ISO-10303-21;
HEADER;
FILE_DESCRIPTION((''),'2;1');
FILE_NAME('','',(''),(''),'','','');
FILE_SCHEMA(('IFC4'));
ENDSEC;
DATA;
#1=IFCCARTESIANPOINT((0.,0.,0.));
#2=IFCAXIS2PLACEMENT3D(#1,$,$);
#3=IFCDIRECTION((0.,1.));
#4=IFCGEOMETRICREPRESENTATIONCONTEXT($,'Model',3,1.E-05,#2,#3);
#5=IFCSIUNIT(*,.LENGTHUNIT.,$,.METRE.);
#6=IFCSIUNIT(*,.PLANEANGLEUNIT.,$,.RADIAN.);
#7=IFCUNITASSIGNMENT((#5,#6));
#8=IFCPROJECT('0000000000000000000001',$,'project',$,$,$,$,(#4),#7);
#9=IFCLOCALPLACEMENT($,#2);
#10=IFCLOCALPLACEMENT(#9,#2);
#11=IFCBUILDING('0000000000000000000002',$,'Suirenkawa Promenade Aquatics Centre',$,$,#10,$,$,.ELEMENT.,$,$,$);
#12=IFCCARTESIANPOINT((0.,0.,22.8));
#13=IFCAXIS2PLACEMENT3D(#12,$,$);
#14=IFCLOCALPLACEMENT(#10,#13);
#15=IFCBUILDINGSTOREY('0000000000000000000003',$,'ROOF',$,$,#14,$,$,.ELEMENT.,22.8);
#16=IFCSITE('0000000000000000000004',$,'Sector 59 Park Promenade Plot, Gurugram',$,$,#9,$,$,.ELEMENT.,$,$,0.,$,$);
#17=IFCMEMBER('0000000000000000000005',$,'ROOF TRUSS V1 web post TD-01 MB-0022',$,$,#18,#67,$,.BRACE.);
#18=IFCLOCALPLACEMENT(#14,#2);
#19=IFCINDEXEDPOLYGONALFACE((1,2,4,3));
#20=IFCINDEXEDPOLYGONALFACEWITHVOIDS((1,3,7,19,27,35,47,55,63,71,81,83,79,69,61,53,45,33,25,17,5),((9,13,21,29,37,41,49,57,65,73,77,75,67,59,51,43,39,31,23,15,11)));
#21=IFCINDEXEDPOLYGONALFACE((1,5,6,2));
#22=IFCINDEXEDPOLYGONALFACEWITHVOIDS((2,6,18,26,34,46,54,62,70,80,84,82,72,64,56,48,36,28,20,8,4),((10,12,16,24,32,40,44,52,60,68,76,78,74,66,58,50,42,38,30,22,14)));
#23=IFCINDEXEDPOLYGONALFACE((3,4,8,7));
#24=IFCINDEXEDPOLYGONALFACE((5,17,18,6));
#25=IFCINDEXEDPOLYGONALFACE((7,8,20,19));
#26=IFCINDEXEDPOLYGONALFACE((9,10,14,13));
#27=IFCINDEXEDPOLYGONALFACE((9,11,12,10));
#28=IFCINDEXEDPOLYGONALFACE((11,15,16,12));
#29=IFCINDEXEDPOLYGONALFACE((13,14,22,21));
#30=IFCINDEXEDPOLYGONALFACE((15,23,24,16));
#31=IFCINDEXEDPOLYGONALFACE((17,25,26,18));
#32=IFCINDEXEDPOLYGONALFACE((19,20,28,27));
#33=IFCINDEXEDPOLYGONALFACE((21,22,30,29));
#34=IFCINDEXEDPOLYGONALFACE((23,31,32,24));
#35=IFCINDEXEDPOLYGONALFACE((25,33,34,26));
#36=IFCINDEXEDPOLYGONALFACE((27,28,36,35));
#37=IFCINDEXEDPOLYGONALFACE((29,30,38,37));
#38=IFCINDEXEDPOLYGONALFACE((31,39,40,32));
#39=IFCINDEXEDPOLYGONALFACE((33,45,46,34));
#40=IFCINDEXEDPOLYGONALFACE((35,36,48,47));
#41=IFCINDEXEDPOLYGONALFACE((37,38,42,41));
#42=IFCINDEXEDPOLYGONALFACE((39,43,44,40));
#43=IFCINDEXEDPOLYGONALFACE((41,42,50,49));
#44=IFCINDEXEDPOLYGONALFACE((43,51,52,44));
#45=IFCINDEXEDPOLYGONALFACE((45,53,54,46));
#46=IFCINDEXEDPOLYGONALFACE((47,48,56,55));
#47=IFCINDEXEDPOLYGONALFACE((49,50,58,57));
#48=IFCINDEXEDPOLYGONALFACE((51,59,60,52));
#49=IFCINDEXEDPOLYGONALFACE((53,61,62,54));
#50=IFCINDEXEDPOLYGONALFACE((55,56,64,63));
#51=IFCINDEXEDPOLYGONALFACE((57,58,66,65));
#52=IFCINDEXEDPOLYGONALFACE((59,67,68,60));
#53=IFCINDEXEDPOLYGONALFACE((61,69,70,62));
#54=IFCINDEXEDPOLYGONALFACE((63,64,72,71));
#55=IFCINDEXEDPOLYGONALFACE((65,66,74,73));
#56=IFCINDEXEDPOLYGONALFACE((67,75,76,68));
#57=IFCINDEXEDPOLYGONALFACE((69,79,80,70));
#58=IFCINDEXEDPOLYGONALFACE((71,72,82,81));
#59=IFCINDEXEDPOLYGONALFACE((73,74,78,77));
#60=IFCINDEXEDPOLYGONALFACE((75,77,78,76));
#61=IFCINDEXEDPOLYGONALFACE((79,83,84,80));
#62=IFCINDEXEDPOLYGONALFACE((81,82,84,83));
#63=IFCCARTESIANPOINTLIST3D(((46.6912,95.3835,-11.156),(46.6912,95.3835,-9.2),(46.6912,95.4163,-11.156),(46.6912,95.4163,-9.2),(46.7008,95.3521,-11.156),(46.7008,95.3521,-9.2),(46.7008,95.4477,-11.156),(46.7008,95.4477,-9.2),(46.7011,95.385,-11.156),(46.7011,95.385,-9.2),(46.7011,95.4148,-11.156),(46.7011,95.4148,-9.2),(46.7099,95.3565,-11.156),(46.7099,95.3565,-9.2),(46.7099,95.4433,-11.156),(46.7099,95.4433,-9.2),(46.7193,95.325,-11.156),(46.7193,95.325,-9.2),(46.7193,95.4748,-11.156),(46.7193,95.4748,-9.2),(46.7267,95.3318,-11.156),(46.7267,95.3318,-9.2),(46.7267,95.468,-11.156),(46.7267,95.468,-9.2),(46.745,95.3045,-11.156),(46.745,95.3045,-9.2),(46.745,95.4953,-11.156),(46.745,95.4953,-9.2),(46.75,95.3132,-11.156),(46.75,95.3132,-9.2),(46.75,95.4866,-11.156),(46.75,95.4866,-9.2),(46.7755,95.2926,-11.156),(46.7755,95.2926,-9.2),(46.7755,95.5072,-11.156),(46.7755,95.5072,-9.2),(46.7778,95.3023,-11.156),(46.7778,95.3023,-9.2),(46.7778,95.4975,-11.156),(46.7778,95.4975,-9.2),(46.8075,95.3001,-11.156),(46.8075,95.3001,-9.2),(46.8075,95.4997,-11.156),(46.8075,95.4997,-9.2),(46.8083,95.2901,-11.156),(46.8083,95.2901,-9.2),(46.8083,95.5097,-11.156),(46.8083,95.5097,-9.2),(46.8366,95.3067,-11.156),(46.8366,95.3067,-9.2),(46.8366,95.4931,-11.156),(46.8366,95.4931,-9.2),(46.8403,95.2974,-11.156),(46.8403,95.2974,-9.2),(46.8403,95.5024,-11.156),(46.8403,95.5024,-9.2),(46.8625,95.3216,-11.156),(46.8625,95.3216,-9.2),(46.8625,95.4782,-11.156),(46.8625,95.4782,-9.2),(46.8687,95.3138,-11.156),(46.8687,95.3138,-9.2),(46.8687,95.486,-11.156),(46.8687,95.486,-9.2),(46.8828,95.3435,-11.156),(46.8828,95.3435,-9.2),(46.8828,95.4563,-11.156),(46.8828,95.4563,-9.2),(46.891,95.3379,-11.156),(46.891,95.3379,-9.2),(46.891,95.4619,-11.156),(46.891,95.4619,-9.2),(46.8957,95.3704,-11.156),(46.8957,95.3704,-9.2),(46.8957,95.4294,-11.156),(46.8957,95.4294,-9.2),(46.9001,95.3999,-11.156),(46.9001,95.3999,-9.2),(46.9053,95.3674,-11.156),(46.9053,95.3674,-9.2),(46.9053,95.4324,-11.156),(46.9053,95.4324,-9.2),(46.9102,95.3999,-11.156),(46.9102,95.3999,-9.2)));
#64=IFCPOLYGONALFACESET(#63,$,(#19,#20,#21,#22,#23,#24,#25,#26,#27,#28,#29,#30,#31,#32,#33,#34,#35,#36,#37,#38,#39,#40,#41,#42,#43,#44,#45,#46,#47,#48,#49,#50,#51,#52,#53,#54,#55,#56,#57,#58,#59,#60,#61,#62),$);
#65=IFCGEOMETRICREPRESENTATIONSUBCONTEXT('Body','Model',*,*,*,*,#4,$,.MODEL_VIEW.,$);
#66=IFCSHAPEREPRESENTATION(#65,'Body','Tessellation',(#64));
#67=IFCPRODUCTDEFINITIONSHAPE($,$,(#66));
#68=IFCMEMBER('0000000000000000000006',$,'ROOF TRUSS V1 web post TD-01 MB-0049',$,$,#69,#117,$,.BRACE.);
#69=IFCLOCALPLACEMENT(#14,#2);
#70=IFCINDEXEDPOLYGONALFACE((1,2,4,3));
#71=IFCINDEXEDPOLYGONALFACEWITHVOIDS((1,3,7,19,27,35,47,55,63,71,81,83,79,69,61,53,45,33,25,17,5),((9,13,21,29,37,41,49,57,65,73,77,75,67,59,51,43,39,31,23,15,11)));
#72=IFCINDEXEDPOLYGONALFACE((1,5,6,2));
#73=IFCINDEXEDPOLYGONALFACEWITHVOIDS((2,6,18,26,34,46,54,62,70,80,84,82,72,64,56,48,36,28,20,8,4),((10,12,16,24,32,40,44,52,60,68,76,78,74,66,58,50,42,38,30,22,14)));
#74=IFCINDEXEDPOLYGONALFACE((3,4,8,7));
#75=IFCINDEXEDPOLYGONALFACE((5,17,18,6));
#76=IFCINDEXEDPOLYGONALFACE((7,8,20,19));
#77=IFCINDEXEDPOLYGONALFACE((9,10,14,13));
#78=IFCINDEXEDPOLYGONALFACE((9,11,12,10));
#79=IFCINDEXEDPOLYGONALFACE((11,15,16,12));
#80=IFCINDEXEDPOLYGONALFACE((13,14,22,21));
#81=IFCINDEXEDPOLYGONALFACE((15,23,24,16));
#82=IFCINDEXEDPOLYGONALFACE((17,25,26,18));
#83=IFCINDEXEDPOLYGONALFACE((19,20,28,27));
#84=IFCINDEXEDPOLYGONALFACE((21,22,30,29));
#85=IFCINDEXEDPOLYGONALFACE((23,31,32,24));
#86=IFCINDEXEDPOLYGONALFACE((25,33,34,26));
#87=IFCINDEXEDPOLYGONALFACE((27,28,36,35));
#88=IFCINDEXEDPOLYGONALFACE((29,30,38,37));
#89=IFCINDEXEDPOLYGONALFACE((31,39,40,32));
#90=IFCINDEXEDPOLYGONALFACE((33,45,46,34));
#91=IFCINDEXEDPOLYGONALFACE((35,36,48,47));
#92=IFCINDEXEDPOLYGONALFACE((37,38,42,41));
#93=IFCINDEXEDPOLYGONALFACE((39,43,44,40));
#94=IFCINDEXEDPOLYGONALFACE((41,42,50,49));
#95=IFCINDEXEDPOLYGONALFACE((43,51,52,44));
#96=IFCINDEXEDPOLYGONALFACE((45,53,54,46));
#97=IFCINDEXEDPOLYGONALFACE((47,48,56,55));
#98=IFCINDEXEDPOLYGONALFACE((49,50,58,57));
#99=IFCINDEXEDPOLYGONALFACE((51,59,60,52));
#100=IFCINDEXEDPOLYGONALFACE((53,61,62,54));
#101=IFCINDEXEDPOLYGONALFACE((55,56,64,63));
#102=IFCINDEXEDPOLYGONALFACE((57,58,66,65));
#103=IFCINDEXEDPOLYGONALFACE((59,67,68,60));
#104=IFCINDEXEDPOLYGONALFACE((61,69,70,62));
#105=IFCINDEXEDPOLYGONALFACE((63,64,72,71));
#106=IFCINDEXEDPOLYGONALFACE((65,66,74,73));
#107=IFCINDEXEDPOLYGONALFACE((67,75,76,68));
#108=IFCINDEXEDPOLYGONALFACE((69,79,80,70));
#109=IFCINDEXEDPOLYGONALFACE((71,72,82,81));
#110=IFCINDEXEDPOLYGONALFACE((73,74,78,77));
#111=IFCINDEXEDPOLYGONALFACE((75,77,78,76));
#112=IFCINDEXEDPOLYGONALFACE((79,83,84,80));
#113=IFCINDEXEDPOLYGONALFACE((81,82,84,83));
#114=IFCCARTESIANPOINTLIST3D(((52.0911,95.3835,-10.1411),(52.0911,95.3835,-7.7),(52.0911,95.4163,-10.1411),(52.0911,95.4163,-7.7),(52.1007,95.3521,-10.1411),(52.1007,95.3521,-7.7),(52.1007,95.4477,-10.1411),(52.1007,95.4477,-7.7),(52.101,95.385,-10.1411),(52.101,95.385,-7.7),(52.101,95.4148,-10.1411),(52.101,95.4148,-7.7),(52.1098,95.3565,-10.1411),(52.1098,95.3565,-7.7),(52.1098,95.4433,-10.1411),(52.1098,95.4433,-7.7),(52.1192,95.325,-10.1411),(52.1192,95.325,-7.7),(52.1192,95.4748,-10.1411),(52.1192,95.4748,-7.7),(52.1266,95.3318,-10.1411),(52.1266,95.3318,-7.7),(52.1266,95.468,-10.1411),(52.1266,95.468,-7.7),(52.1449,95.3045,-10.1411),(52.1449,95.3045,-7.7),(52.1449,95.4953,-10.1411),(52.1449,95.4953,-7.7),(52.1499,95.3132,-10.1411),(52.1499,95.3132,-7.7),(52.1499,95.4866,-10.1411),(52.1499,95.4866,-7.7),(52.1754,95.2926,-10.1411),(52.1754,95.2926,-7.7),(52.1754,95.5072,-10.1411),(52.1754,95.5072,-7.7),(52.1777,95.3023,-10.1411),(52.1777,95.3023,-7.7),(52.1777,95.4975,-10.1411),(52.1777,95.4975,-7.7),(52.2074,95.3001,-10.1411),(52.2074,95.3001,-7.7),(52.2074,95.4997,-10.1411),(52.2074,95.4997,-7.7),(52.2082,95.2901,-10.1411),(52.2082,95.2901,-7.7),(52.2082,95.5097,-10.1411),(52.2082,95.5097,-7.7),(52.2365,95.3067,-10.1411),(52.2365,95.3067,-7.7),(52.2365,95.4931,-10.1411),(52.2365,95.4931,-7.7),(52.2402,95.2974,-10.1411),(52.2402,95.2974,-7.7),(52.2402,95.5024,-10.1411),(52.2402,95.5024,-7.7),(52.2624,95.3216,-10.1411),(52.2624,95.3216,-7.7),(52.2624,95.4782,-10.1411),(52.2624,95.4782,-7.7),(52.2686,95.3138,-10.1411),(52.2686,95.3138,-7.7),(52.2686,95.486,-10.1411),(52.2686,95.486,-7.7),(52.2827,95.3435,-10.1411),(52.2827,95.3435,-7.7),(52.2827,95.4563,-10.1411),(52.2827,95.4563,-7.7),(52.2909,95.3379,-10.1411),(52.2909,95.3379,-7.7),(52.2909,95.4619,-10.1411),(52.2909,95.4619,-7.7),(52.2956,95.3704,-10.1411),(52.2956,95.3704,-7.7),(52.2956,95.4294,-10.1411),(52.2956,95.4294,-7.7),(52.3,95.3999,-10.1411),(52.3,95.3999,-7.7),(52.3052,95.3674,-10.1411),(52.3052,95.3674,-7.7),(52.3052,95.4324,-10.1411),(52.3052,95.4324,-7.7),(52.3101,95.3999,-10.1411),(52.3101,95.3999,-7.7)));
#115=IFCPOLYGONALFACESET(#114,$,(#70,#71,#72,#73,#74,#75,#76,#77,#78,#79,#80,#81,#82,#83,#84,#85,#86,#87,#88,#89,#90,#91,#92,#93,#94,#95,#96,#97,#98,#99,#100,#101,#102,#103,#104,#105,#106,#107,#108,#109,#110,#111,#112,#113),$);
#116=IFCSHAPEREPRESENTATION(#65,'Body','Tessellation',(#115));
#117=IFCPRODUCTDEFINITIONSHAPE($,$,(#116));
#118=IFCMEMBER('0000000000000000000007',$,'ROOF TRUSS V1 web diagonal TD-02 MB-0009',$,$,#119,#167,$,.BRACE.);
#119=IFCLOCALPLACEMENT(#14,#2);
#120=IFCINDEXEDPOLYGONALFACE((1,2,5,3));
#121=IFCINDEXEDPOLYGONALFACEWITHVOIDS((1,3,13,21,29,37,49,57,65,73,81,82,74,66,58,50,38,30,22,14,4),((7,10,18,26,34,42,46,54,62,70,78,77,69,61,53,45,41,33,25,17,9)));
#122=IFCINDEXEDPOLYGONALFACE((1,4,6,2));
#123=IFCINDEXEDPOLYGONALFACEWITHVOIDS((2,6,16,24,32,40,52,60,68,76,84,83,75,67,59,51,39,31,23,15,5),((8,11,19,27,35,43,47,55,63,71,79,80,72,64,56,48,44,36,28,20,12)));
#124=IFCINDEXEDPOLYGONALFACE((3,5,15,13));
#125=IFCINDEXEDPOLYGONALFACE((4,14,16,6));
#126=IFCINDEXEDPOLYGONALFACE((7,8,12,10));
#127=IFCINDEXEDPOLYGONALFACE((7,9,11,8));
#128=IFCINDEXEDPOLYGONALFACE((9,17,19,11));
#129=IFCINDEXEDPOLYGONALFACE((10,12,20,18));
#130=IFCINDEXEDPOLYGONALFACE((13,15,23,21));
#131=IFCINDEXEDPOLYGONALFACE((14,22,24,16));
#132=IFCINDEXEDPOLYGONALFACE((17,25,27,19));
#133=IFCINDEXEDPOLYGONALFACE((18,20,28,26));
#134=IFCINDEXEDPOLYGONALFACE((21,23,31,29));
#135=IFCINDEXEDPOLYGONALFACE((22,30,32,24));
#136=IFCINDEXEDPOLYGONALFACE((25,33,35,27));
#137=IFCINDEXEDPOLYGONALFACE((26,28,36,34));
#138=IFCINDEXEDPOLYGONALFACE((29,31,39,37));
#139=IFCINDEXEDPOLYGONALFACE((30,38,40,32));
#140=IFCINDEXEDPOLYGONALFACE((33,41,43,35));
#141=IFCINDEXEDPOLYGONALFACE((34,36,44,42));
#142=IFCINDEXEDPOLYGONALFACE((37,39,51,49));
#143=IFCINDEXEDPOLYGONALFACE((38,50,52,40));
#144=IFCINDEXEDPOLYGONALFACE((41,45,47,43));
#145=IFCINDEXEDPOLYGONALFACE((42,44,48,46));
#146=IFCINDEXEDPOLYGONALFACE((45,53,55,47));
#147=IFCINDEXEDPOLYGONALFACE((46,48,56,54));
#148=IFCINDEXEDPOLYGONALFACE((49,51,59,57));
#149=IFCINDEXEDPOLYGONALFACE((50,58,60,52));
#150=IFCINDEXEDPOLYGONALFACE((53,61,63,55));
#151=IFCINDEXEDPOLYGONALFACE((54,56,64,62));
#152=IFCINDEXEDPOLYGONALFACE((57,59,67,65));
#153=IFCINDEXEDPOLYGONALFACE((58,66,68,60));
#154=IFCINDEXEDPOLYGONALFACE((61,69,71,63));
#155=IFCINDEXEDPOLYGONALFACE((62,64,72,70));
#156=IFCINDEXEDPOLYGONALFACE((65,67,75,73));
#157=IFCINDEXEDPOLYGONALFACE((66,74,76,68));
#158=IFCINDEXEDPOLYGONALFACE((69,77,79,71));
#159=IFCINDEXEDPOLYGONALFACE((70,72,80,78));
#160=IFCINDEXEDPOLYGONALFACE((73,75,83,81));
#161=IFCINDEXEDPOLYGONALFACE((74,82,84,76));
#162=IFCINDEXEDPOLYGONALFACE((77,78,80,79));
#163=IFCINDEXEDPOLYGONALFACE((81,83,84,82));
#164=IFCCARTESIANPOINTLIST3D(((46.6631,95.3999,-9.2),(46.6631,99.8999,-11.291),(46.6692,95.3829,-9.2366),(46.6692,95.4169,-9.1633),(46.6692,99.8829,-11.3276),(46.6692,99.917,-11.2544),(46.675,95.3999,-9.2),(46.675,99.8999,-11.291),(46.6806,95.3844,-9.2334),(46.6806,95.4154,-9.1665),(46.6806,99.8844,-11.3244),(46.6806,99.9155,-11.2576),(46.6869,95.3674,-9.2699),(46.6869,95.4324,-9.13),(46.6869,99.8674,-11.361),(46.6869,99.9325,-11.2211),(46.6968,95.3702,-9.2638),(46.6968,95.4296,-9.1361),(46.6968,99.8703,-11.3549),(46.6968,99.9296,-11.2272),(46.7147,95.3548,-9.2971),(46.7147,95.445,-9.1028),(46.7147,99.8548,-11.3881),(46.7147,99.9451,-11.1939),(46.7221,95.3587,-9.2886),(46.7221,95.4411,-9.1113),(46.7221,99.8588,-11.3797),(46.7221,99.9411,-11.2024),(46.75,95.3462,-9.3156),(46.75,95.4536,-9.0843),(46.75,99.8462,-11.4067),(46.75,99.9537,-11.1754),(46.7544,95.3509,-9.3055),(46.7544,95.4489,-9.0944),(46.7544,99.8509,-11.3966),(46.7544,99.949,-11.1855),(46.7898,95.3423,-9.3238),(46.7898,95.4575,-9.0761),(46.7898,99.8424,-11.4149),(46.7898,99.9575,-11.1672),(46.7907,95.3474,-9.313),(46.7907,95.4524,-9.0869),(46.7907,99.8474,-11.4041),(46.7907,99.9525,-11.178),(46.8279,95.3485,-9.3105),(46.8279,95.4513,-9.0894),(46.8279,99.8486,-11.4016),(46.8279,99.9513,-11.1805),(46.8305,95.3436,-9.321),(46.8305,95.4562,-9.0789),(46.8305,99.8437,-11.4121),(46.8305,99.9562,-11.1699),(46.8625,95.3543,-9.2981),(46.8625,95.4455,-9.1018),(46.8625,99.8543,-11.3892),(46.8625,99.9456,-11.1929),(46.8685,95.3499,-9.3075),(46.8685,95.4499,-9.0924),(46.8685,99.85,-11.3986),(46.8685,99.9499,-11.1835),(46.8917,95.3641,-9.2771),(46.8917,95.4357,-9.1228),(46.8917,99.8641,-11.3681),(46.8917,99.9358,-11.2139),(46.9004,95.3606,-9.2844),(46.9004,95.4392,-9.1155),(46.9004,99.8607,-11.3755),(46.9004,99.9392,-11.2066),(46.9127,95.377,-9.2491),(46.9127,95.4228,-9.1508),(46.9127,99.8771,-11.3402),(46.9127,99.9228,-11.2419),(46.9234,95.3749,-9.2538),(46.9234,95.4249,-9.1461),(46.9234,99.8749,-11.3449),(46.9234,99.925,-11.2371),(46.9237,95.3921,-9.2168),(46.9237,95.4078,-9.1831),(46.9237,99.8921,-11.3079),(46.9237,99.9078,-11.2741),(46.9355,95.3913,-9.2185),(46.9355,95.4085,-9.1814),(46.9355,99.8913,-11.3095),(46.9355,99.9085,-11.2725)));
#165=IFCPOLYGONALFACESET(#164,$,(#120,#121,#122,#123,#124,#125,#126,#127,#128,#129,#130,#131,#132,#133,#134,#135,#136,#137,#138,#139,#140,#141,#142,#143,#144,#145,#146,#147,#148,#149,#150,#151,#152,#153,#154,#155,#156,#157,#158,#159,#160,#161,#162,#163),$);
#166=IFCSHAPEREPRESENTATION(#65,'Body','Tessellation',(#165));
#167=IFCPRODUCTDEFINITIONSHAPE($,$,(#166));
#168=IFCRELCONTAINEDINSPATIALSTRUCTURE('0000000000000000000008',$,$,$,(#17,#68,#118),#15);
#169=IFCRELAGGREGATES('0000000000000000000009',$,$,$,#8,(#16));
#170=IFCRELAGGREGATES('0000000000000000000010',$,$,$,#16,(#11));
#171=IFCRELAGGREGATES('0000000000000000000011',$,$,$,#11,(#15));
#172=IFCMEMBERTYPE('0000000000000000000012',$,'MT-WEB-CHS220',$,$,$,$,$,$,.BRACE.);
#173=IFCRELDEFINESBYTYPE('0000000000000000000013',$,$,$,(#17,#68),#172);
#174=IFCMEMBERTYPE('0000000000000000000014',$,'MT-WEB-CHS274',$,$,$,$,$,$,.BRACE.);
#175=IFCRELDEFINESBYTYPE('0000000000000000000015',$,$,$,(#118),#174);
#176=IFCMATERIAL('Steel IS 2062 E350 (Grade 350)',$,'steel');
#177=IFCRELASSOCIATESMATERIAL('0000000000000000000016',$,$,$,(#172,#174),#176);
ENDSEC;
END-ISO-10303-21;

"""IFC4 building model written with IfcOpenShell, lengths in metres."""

from ifc_helpers import new_model, si_unit, direction, frame, origin, origin_2d, place, context, subcontext, project, spatial, hollow_circle, extrude, material, material_profile, profile_set, type_object, element, save


model = new_model("IFC4")

# Units and contexts
model_context = context("Model", 3, precision=1e-05, world=origin(), true_north=direction((0.0, 1.0)))
body_context = subcontext(model_context, "Body", "Model", "MODEL_VIEW")
ifc_project = project(units=[si_unit("LENGTHUNIT", "METRE"), si_unit("PLANEANGLEUNIT", "RADIAN")], contexts=[model_context])

# Site, building, storey
site_placement = place(None, origin())
site = spatial("IfcSite", under=ifc_project, at=site_placement, Name="Sector 59 Park Promenade Plot, Gurugram", CompositionType="ELEMENT", RefElevation=0.0)
building_placement = place(site_placement, origin())
building = spatial("IfcBuilding", under=site, at=building_placement, Name="Suirenkawa Promenade Aquatics Centre", CompositionType="ELEMENT")
storey_placement = place(building_placement, frame((0.0, 0.0, 22.8)))
storey = spatial("IfcBuildingStorey", under=building, at=storey_placement, Name="ROOF", CompositionType="ELEMENT", Elevation=22.8)

# Shared definitions
ifc_material_1 = material(Name="Steel IS 2062 E350 (Grade 350)", Category="steel")

# Members
ifc_material_profile_1 = material_profile(ifc_material_1, hollow_circle(Radius=0.1101, WallThickness=0.01, at=origin_2d()), Name="CHS 220x10", Category="steel")
ifc_profile_set_1 = profile_set([ifc_material_profile_1], Name="Steel IS 2062 E350 (Grade 350)")
member_type_1 = type_object("IfcMemberType", Name="MT-WEB-CHS220", PredefinedType="BRACE", material=ifc_profile_set_1)
member_1_placement = place(storey_placement, frame((46.8, 95.3999, -11.156), z_axis=(0.0, 0.0, 1.0), x_axis=(1.0, 0.0, 0.0)))
element("IfcMember", 1, at=member_1_placement, inside=storey, type_object=member_type_1, Name="ROOF TRUSS V1 web post TD-01 MB-0022", PredefinedType="BRACE", context=body_context, shape_type="SweptSolid", body=[
    extrude(hollow_circle(Radius=0.1101, WallThickness=0.01, at=origin_2d()), origin(), (0.0, 0.0, 1.0), 1.9561),
])
member_2_placement = place(storey_placement, frame((52.2, 95.3999, -10.1411), z_axis=(0.0, 0.0, 1.0), x_axis=(1.0, 0.0, 0.0)))
element("IfcMember", 2, at=member_2_placement, inside=storey, type_object=member_type_1, Name="ROOF TRUSS V1 web post TD-01 MB-0049", PredefinedType="BRACE", context=body_context, shape_type="SweptSolid", body=[
    extrude(hollow_circle(Radius=0.1101, WallThickness=0.01, at=origin_2d()), origin(), (0.0, 0.0, 1.0), 2.4412),
])
ifc_material_profile_2 = material_profile(ifc_material_1, hollow_circle(Radius=0.137, WallThickness=0.012, at=origin_2d()), Name="CHS 274x12", Category="steel")
ifc_profile_set_2 = profile_set([ifc_material_profile_2], Name="Steel IS 2062 E350 (Grade 350)")
member_type_2 = type_object("IfcMemberType", Name="MT-WEB-CHS274", PredefinedType="BRACE", material=ifc_profile_set_2)
member_3_placement = place(storey_placement, frame((46.8, 95.3999, -9.2), z_axis=(0.0, 0.906872, -0.421406), x_axis=(-1.0, 0.0, 0.0)))
element("IfcMember", 3, at=member_3_placement, inside=storey, type_object=member_type_2, Name="ROOF TRUSS V1 web diagonal TD-02 MB-0009", PredefinedType="BRACE", context=body_context, shape_type="SweptSolid", body=[
    extrude(hollow_circle(Radius=0.137, WallThickness=0.012, at=origin_2d()), origin(), (0.0, 0.0, 1.0), 4.9622),
])

save(model, "model.ifc")
